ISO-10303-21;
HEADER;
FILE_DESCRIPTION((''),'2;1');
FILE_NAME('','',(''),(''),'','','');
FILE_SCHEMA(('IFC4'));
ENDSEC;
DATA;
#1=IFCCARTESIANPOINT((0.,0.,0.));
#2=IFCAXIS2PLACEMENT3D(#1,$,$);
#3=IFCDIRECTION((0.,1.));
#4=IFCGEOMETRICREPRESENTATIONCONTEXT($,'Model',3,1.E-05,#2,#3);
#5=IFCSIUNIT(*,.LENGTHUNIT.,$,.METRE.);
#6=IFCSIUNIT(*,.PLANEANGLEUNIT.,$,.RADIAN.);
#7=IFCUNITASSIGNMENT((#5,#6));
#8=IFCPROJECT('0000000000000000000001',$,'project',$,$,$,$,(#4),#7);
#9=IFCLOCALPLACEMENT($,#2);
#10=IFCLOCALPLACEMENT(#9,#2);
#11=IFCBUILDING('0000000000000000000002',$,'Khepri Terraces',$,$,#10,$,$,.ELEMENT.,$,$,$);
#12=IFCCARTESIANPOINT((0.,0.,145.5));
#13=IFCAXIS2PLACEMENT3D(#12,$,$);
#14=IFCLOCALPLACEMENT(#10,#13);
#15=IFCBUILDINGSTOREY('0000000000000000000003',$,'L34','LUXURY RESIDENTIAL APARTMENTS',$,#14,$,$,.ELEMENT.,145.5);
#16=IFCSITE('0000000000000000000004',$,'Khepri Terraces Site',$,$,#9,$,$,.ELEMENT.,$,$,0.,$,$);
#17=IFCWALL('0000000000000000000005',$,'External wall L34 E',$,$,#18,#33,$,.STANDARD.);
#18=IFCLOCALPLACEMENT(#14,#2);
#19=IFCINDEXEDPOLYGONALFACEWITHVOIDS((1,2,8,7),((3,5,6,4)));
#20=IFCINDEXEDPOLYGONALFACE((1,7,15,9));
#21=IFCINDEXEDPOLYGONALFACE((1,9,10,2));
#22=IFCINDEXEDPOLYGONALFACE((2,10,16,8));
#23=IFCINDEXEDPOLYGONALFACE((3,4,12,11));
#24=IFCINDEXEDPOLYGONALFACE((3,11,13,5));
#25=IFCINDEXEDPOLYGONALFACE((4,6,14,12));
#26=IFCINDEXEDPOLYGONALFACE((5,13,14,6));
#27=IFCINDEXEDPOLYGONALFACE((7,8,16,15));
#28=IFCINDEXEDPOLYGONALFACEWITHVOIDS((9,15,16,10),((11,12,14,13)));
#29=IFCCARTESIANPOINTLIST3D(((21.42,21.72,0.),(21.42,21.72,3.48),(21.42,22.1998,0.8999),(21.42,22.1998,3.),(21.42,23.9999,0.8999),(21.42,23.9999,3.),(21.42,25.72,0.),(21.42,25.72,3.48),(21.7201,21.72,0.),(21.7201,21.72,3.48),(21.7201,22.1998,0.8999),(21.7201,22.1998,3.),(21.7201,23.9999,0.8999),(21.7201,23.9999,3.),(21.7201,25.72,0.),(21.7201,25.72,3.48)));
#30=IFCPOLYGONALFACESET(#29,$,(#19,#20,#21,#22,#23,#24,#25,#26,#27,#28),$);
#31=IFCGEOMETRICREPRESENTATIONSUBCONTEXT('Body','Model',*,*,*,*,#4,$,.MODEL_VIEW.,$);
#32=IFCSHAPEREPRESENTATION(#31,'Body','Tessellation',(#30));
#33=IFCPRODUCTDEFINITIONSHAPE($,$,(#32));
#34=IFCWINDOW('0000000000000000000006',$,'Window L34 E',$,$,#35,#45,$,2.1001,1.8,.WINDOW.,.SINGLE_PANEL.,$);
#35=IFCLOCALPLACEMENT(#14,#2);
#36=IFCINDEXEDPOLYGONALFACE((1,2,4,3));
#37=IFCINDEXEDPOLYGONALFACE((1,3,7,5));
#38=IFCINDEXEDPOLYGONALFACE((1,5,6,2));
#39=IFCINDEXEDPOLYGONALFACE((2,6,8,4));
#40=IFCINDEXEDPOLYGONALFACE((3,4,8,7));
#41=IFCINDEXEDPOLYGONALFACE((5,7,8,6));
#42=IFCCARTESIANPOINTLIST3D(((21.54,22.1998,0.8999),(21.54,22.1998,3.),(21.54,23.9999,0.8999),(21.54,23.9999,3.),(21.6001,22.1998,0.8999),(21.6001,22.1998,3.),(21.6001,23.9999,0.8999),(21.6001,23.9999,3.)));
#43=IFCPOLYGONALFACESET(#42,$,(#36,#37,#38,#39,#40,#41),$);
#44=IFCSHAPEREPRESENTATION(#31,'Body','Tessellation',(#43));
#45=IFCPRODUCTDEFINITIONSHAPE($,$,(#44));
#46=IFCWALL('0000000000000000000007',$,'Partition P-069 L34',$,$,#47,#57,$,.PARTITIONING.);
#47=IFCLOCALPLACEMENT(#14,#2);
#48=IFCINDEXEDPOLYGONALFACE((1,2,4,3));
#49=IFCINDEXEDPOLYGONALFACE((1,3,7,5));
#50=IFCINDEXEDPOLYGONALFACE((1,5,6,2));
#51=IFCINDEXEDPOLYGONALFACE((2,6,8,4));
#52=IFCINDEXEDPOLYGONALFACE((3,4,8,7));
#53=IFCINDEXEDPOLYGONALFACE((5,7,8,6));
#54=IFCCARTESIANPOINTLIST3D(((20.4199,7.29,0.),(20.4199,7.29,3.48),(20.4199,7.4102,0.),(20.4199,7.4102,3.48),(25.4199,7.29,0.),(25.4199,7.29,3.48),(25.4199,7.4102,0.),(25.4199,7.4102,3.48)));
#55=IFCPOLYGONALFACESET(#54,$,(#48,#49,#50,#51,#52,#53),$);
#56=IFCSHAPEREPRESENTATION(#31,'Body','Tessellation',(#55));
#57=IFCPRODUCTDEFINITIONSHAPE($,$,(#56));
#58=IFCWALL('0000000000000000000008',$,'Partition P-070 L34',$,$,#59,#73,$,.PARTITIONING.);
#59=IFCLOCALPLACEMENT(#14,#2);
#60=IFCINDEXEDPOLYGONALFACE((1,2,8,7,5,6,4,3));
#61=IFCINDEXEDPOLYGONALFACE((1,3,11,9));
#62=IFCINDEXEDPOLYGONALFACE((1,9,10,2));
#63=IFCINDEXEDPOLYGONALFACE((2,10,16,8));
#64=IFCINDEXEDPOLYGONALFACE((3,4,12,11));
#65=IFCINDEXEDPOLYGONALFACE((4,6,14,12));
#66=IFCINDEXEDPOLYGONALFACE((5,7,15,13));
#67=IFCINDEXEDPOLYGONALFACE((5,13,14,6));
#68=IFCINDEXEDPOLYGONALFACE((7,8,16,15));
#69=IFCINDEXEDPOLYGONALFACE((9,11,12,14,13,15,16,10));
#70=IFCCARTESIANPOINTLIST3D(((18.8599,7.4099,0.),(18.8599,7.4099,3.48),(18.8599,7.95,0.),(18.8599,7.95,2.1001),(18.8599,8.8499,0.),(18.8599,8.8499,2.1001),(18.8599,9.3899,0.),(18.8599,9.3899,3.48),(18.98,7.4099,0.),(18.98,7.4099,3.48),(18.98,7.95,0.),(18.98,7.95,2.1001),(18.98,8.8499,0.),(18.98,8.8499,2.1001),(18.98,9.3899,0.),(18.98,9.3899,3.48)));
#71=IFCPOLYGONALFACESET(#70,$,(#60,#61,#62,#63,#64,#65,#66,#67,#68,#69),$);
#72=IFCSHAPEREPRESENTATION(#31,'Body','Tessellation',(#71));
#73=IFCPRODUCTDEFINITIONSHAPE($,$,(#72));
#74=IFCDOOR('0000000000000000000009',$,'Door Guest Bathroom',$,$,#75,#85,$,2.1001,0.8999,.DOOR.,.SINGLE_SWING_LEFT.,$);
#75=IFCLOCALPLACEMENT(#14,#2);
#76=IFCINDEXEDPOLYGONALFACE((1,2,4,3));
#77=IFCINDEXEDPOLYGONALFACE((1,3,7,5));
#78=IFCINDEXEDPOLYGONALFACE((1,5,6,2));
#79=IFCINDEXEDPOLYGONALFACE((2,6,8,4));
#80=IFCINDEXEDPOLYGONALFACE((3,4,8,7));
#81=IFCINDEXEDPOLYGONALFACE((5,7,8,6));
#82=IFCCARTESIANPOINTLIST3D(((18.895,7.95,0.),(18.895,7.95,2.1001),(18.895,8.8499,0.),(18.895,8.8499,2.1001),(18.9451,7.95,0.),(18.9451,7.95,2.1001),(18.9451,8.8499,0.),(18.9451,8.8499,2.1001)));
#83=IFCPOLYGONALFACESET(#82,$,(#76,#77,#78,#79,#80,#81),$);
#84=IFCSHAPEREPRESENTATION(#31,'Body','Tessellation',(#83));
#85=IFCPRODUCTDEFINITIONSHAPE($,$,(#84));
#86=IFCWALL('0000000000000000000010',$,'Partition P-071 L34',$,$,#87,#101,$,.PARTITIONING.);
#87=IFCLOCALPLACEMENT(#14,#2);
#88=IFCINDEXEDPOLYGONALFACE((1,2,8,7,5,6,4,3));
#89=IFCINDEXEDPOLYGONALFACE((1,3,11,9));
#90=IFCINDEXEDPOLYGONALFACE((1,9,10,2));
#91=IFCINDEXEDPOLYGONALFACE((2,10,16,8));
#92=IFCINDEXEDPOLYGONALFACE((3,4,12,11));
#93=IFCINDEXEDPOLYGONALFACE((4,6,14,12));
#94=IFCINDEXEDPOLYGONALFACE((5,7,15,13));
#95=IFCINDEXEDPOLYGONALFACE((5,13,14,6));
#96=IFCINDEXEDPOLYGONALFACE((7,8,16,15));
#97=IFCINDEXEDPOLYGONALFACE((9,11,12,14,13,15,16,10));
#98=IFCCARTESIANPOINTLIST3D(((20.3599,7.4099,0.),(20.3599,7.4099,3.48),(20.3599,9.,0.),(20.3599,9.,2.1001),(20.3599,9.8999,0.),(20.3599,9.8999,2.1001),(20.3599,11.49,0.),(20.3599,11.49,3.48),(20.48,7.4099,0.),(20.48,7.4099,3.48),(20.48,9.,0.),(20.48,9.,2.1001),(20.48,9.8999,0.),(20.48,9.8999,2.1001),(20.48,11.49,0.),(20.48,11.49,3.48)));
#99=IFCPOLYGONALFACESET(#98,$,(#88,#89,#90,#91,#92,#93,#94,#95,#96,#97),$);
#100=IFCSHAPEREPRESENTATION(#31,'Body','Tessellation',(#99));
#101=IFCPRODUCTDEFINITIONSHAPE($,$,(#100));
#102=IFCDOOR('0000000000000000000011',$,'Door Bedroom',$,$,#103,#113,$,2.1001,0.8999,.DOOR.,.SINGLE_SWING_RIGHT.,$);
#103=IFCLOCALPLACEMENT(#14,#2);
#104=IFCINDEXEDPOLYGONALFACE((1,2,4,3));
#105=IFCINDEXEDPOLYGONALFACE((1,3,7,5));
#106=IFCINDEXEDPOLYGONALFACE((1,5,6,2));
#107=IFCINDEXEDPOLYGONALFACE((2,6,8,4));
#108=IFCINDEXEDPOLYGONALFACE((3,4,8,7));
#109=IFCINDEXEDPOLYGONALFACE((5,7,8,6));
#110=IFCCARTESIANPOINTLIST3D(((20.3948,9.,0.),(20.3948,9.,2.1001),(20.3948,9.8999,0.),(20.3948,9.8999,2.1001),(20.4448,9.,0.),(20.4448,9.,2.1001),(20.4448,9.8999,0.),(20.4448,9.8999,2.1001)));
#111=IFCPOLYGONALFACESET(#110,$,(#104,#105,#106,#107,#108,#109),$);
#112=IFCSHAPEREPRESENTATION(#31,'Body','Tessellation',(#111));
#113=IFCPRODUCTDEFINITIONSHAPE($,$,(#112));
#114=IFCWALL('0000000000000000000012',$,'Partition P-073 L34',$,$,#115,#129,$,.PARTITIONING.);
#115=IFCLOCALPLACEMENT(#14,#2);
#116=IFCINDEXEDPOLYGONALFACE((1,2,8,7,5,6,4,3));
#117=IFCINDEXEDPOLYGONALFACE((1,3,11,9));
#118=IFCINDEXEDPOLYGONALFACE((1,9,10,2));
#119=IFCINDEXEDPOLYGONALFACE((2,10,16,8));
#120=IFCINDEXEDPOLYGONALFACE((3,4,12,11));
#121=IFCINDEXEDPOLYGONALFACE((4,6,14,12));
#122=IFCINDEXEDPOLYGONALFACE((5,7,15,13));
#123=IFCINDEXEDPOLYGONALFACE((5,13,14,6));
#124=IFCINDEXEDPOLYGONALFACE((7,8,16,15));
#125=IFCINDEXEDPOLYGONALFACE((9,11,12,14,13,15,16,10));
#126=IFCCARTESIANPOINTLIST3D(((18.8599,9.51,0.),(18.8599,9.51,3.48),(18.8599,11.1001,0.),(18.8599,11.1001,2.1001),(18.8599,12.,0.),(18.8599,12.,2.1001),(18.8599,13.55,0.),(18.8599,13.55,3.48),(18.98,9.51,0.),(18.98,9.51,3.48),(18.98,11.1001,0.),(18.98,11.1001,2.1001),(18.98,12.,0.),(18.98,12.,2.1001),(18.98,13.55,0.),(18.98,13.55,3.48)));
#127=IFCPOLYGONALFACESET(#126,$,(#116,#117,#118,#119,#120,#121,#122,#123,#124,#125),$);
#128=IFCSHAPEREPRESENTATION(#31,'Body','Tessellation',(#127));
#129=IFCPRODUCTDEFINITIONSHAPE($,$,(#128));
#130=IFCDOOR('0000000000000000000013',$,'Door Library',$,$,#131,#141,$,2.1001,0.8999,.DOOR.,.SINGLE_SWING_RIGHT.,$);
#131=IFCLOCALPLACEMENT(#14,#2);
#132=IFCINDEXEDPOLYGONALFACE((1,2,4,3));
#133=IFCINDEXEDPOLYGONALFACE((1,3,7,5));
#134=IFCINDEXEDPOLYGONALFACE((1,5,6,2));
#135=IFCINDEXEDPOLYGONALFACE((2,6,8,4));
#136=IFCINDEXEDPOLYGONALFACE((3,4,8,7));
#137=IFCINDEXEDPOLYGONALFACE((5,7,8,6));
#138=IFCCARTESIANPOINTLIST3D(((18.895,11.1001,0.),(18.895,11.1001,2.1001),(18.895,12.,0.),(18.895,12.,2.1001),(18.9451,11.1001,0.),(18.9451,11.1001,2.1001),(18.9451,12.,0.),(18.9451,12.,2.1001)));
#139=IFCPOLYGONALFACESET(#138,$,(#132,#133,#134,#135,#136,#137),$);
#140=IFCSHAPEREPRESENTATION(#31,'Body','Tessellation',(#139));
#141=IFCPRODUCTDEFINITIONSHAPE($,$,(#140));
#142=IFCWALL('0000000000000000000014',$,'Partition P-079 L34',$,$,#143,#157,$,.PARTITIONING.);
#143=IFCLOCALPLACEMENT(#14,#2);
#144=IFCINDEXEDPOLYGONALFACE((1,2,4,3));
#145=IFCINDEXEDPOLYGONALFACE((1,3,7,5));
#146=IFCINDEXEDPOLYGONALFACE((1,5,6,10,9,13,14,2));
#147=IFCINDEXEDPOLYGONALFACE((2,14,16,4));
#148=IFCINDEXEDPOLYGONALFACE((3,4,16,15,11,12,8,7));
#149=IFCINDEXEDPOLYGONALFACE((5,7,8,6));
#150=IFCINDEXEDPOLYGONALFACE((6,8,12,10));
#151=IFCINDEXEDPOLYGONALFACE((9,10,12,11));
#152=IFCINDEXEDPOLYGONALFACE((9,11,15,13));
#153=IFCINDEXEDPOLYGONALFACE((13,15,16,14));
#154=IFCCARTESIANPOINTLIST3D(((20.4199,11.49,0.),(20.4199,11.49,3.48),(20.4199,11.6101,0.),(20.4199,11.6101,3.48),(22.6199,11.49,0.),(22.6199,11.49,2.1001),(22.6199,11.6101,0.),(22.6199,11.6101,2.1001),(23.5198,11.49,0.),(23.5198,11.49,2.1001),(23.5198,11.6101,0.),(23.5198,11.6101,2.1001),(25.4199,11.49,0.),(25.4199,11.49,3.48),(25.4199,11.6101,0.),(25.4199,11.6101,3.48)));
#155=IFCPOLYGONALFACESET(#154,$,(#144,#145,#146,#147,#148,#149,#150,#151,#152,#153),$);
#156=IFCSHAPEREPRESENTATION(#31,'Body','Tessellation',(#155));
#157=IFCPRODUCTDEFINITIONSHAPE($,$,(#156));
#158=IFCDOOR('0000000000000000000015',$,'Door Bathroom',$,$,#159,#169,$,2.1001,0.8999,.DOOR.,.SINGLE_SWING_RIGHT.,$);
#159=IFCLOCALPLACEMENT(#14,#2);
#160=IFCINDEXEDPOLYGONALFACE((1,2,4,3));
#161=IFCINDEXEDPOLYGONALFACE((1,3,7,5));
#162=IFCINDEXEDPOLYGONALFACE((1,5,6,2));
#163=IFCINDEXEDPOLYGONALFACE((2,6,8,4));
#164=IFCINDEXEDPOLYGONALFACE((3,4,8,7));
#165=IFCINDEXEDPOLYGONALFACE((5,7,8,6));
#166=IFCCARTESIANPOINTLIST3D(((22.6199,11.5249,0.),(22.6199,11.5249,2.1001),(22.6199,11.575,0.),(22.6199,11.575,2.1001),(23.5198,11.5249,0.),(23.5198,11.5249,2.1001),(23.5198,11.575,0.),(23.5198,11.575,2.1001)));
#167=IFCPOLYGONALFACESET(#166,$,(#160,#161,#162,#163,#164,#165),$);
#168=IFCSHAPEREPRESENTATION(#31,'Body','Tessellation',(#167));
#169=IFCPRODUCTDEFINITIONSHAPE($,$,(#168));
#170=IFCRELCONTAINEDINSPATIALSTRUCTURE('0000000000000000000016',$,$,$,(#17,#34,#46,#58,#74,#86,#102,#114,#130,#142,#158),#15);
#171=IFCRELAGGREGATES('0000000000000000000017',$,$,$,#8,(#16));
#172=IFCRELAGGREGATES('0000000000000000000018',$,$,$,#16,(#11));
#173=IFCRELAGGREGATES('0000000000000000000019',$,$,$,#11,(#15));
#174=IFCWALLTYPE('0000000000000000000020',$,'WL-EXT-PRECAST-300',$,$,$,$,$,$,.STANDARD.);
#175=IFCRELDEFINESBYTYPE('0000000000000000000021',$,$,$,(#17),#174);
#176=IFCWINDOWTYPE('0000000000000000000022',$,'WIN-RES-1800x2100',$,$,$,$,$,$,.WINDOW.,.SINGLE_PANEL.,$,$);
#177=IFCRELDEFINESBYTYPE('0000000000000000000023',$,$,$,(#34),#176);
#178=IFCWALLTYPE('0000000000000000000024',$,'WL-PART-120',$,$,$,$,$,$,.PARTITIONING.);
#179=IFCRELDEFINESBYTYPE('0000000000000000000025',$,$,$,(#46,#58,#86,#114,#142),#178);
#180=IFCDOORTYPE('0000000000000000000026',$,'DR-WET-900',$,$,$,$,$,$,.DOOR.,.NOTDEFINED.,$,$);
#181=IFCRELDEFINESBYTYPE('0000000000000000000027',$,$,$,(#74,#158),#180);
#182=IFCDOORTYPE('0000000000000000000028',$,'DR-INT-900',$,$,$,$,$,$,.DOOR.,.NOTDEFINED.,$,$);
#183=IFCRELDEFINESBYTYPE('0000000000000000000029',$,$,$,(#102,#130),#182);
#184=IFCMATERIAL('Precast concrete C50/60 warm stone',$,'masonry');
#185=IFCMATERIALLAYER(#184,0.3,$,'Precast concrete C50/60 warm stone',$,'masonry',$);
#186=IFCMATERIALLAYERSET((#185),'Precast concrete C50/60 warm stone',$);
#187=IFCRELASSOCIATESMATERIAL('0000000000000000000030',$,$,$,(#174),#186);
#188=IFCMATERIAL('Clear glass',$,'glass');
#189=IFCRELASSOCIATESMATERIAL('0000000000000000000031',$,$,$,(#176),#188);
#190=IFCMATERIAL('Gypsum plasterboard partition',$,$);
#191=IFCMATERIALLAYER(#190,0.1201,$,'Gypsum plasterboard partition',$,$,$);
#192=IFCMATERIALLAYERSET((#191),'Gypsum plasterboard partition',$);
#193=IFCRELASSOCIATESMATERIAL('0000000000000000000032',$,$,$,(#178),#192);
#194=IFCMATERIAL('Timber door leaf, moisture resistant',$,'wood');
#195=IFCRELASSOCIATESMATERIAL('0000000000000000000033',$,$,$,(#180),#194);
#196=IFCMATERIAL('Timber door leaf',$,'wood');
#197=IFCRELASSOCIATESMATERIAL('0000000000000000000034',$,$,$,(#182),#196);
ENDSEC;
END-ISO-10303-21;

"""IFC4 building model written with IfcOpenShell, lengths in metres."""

from ifc_helpers import new_model, si_unit, direction, frame, frame_2d, origin, place, context, subcontext, project, spatial, rectangle, extrude, material, layer, layer_set, type_object, element, fill, save


model = new_model("IFC4")

# Units and contexts
model_context = context("Model", 3, precision=1e-05, world=origin(), true_north=direction((0.0, 1.0)))
body_context = subcontext(model_context, "Body", "Model", "MODEL_VIEW")
ifc_project = project(units=[si_unit("LENGTHUNIT", "METRE"), si_unit("PLANEANGLEUNIT", "RADIAN")], contexts=[model_context])

# Site, building, storey
site_placement = place(None, origin())
site = spatial("IfcSite", under=ifc_project, at=site_placement, Name="Khepri Terraces Site", CompositionType="ELEMENT", RefElevation=0.0)
building_placement = place(site_placement, origin())
building = spatial("IfcBuilding", under=site, at=building_placement, Name="Khepri Terraces", CompositionType="ELEMENT")
storey_placement = place(building_placement, frame((0.0, 0.0, 145.5)))
storey = spatial("IfcBuildingStorey", under=building, at=storey_placement, Name="L34", Description="LUXURY RESIDENTIAL APARTMENTS", CompositionType="ELEMENT", Elevation=145.5)

# Shared definitions
ifc_material_1 = material(Name="Precast concrete C50/60 warm stone", Category="masonry")
ifc_layer_1 = layer(ifc_material_1, 0.3, Name="Precast concrete C50/60 warm stone", Category="masonry")
ifc_layer_set_1 = layer_set([ifc_layer_1], Name="Precast concrete C50/60 warm stone")
wall_type_1 = type_object("IfcWallType", Name="WL-EXT-PRECAST-300", PredefinedType="STANDARD", material=ifc_layer_set_1)
ifc_material_2 = material(Name="Clear glass", Category="glass")
window_type = type_object("IfcWindowType", Name="WIN-RES-1800x2100", PartitioningType="SINGLE_PANEL", PredefinedType="WINDOW", material=ifc_material_2)

# Wall, opening, window
wall_1_placement = place(storey_placement, frame((21.5701, 21.72, 0.0), z_axis=(0.0, 0.0, 1.0), x_axis=(0.0, 1.0, 0.0)))
wall_1 = element("IfcWall", 1, at=wall_1_placement, inside=storey, type_object=wall_type_1, Name="External wall L34 E", PredefinedType="STANDARD", context=body_context, shape_type="SweptSolid", body=[
    extrude(rectangle(XDim=4.0, YDim=0.3, at=frame_2d((2.0, 0.0))), origin(), (0.0, 0.0, 1.0), 3.48),
])
opening_1_placement = place(wall_1_placement, frame((0.48, 0.0, 0.8999)))
opening_1 = element("IfcOpeningElement", 2, at=opening_1_placement, cuts=wall_1, PredefinedType="OPENING", context=body_context, shape_type="SweptSolid", body=[
    extrude(rectangle(XDim=1.8, YDim=2.1001, at=frame_2d((0.8999, 1.05))), frame((0.0, 0.1602, 0.0), z_axis=(0.0, -1.0, 0.0), x_axis=(1.0, 0.0, 0.0)), (0.0, 0.0, 1.0), 0.3201),
])
window_1_placement = place(opening_1_placement, origin())
window_1 = element("IfcWindow", 3, at=window_1_placement, inside=storey, type_object=window_type, Name="Window L34 E", OverallHeight=2.1001, OverallWidth=1.8, PartitioningType="SINGLE_PANEL", PredefinedType="WINDOW", context=body_context, shape_type="SweptSolid", body=[
    extrude(rectangle(XDim=1.8, YDim=2.1001, at=frame_2d((0.8999, 1.05))), frame((0.0, 0.03, 0.0), z_axis=(0.0, -1.0, 0.0), x_axis=(1.0, 0.0, 0.0)), (0.0, 0.0, 1.0), 0.0601),
])
fill(opening_1, window_1)

# Wall
ifc_material_3 = material(Name="Gypsum plasterboard partition")
ifc_layer_2 = layer(ifc_material_3, 0.1201, Name="Gypsum plasterboard partition")
ifc_layer_set_2 = layer_set([ifc_layer_2], Name="Gypsum plasterboard partition")
wall_type_2 = type_object("IfcWallType", Name="WL-PART-120", PredefinedType="PARTITIONING", material=ifc_layer_set_2)
wall_2_placement = place(storey_placement, frame((20.4199, 7.3501, 0.0), z_axis=(0.0, 0.0, 1.0), x_axis=(1.0, 0.0, 0.0)))
element("IfcWall", 4, at=wall_2_placement, inside=storey, type_object=wall_type_2, Name="Partition P-069 L34", PredefinedType="PARTITIONING", context=body_context, shape_type="SweptSolid", body=[
    extrude(rectangle(XDim=5.0, YDim=0.1201, at=frame_2d((2.5, 0.0))), origin(), (0.0, 0.0, 1.0), 3.48),
])

# Walls, openings, doors
wall_3_placement = place(storey_placement, frame((18.9199, 7.4099, 0.0), z_axis=(0.0, 0.0, 1.0), x_axis=(0.0, 1.0, 0.0)))
wall_3 = element("IfcWall", 5, at=wall_3_placement, inside=storey, type_object=wall_type_2, Name="Partition P-070 L34", PredefinedType="PARTITIONING", context=body_context, shape_type="SweptSolid", body=[
    extrude(rectangle(XDim=1.98, YDim=0.1201, at=frame_2d((0.99, 0.0))), origin(), (0.0, 0.0, 1.0), 3.48),
])
opening_2_placement = place(wall_3_placement, frame((0.54, 0.0, 0.0)))
opening_2 = element("IfcOpeningElement", 6, at=opening_2_placement, cuts=wall_3, PredefinedType="OPENING", context=body_context, shape_type="SweptSolid", body=[
    extrude(rectangle(XDim=0.8999, YDim=2.1001, at=frame_2d((0.45, 1.05))), frame((0.0, 0.0701, 0.0), z_axis=(0.0, -1.0, 0.0), x_axis=(1.0, 0.0, 0.0)), (0.0, 0.0, 1.0), 0.1401),
])
ifc_material_4 = material(Name="Timber door leaf, moisture resistant", Category="wood")
door_type_1 = type_object("IfcDoorType", Name="DR-WET-900", OperationType="NOTDEFINED", PredefinedType="DOOR", material=ifc_material_4)
door_1_placement = place(opening_2_placement, origin())
door_1 = element("IfcDoor", 7, at=door_1_placement, inside=storey, type_object=door_type_1, Name="Door Guest Bathroom", OperationType="SINGLE_SWING_LEFT", OverallHeight=2.1001, OverallWidth=0.8999, PredefinedType="DOOR", context=body_context, shape_type="SweptSolid", body=[
    extrude(rectangle(XDim=0.8999, YDim=2.1001, at=frame_2d((0.45, 1.05))), frame((0.0, 0.0249, 0.0), z_axis=(0.0, -1.0, 0.0), x_axis=(1.0, 0.0, 0.0)), (0.0, 0.0, 1.0), 0.05),
])
fill(opening_2, door_1)
wall_4_placement = place(storey_placement, frame((20.4199, 7.4099, 0.0), z_axis=(0.0, 0.0, 1.0), x_axis=(0.0, 1.0, 0.0)))
wall_4 = element("IfcWall", 8, at=wall_4_placement, inside=storey, type_object=wall_type_2, Name="Partition P-071 L34", PredefinedType="PARTITIONING", context=body_context, shape_type="SweptSolid", body=[
    extrude(rectangle(XDim=4.0801, YDim=0.1201, at=frame_2d((2.04, 0.0))), origin(), (0.0, 0.0, 1.0), 3.48),
])
opening_3_placement = place(wall_4_placement, frame((1.5901, 0.0, 0.0)))
opening_3 = element("IfcOpeningElement", 9, at=opening_3_placement, cuts=wall_4, PredefinedType="OPENING", context=body_context, shape_type="SweptSolid", body=[
    extrude(rectangle(XDim=0.8999, YDim=2.1001, at=frame_2d((0.45, 1.05))), frame((0.0, 0.0701, 0.0), z_axis=(0.0, -1.0, 0.0), x_axis=(1.0, 0.0, 0.0)), (0.0, 0.0, 1.0), 0.1401),
])
ifc_material_5 = material(Name="Timber door leaf", Category="wood")
door_type_2 = type_object("IfcDoorType", Name="DR-INT-900", OperationType="NOTDEFINED", PredefinedType="DOOR", material=ifc_material_5)
door_2_placement = place(opening_3_placement, frame((0.8999, 0.0, 0.0), z_axis=(0.0, 0.0, 1.0), x_axis=(-1.0, 0.0, 0.0)))
door_2 = element("IfcDoor", 10, at=door_2_placement, inside=storey, type_object=door_type_2, Name="Door Bedroom", OperationType="SINGLE_SWING_RIGHT", OverallHeight=2.1001, OverallWidth=0.8999, PredefinedType="DOOR", context=body_context, shape_type="SweptSolid", body=[
    extrude(rectangle(XDim=0.8999, YDim=2.1001, at=frame_2d((0.45, 1.05))), frame((0.0, 0.0249, 0.0), z_axis=(0.0, -1.0, 0.0), x_axis=(1.0, 0.0, 0.0)), (0.0, 0.0, 1.0), 0.05),
])
fill(opening_3, door_2)
wall_5_placement = place(storey_placement, frame((18.9199, 9.51, 0.0), z_axis=(0.0, 0.0, 1.0), x_axis=(0.0, 1.0, 0.0)))
wall_5 = element("IfcWall", 11, at=wall_5_placement, inside=storey, type_object=wall_type_2, Name="Partition P-073 L34", PredefinedType="PARTITIONING", context=body_context, shape_type="SweptSolid", body=[
    extrude(rectangle(XDim=4.04, YDim=0.1201, at=frame_2d((2.02, 0.0))), origin(), (0.0, 0.0, 1.0), 3.48),
])
opening_4_placement = place(wall_5_placement, frame((1.5901, 0.0, 0.0)))
opening_4 = element("IfcOpeningElement", 12, at=opening_4_placement, cuts=wall_5, PredefinedType="OPENING", context=body_context, shape_type="SweptSolid", body=[
    extrude(rectangle(XDim=0.8999, YDim=2.1001, at=frame_2d((0.45, 1.05))), frame((0.0, 0.0701, 0.0), z_axis=(0.0, -1.0, 0.0), x_axis=(1.0, 0.0, 0.0)), (0.0, 0.0, 1.0), 0.1401),
])
door_3_placement = place(opening_4_placement, origin())
door_3 = element("IfcDoor", 13, at=door_3_placement, inside=storey, type_object=door_type_2, Name="Door Library", OperationType="SINGLE_SWING_RIGHT", OverallHeight=2.1001, OverallWidth=0.8999, PredefinedType="DOOR", context=body_context, shape_type="SweptSolid", body=[
    extrude(rectangle(XDim=0.8999, YDim=2.1001, at=frame_2d((0.45, 1.05))), frame((0.0, 0.0249, 0.0), z_axis=(0.0, -1.0, 0.0), x_axis=(1.0, 0.0, 0.0)), (0.0, 0.0, 1.0), 0.05),
])
fill(opening_4, door_3)
wall_6_placement = place(storey_placement, frame((20.4199, 11.55, 0.0), z_axis=(0.0, 0.0, 1.0), x_axis=(1.0, 0.0, 0.0)))
wall_6 = element("IfcWall", 14, at=wall_6_placement, inside=storey, type_object=wall_type_2, Name="Partition P-079 L34", PredefinedType="PARTITIONING", context=body_context, shape_type="SweptSolid", body=[
    extrude(rectangle(XDim=5.0, YDim=0.1201, at=frame_2d((2.5, 0.0))), origin(), (0.0, 0.0, 1.0), 3.48),
])
opening_5_placement = place(wall_6_placement, frame((2.2, 0.0, 0.0)))
opening_5 = element("IfcOpeningElement", 15, at=opening_5_placement, cuts=wall_6, PredefinedType="OPENING", context=body_context, shape_type="SweptSolid", body=[
    extrude(rectangle(XDim=0.8999, YDim=2.1001, at=frame_2d((0.45, 1.05))), frame((0.0, 0.0701, 0.0), z_axis=(0.0, -1.0, 0.0), x_axis=(1.0, 0.0, 0.0)), (0.0, 0.0, 1.0), 0.1401),
])
door_4_placement = place(opening_5_placement, origin())
door_4 = element("IfcDoor", 16, at=door_4_placement, inside=storey, type_object=door_type_1, Name="Door Bathroom", OperationType="SINGLE_SWING_RIGHT", OverallHeight=2.1001, OverallWidth=0.8999, PredefinedType="DOOR", context=body_context, shape_type="SweptSolid", body=[
    extrude(rectangle(XDim=0.8999, YDim=2.1001, at=frame_2d((0.45, 1.05))), frame((0.0, 0.0249, 0.0), z_axis=(0.0, -1.0, 0.0), x_axis=(1.0, 0.0, 0.0)), (0.0, 0.0, 1.0), 0.05),
])
fill(opening_5, door_4)

save(model, "model.ifc")
